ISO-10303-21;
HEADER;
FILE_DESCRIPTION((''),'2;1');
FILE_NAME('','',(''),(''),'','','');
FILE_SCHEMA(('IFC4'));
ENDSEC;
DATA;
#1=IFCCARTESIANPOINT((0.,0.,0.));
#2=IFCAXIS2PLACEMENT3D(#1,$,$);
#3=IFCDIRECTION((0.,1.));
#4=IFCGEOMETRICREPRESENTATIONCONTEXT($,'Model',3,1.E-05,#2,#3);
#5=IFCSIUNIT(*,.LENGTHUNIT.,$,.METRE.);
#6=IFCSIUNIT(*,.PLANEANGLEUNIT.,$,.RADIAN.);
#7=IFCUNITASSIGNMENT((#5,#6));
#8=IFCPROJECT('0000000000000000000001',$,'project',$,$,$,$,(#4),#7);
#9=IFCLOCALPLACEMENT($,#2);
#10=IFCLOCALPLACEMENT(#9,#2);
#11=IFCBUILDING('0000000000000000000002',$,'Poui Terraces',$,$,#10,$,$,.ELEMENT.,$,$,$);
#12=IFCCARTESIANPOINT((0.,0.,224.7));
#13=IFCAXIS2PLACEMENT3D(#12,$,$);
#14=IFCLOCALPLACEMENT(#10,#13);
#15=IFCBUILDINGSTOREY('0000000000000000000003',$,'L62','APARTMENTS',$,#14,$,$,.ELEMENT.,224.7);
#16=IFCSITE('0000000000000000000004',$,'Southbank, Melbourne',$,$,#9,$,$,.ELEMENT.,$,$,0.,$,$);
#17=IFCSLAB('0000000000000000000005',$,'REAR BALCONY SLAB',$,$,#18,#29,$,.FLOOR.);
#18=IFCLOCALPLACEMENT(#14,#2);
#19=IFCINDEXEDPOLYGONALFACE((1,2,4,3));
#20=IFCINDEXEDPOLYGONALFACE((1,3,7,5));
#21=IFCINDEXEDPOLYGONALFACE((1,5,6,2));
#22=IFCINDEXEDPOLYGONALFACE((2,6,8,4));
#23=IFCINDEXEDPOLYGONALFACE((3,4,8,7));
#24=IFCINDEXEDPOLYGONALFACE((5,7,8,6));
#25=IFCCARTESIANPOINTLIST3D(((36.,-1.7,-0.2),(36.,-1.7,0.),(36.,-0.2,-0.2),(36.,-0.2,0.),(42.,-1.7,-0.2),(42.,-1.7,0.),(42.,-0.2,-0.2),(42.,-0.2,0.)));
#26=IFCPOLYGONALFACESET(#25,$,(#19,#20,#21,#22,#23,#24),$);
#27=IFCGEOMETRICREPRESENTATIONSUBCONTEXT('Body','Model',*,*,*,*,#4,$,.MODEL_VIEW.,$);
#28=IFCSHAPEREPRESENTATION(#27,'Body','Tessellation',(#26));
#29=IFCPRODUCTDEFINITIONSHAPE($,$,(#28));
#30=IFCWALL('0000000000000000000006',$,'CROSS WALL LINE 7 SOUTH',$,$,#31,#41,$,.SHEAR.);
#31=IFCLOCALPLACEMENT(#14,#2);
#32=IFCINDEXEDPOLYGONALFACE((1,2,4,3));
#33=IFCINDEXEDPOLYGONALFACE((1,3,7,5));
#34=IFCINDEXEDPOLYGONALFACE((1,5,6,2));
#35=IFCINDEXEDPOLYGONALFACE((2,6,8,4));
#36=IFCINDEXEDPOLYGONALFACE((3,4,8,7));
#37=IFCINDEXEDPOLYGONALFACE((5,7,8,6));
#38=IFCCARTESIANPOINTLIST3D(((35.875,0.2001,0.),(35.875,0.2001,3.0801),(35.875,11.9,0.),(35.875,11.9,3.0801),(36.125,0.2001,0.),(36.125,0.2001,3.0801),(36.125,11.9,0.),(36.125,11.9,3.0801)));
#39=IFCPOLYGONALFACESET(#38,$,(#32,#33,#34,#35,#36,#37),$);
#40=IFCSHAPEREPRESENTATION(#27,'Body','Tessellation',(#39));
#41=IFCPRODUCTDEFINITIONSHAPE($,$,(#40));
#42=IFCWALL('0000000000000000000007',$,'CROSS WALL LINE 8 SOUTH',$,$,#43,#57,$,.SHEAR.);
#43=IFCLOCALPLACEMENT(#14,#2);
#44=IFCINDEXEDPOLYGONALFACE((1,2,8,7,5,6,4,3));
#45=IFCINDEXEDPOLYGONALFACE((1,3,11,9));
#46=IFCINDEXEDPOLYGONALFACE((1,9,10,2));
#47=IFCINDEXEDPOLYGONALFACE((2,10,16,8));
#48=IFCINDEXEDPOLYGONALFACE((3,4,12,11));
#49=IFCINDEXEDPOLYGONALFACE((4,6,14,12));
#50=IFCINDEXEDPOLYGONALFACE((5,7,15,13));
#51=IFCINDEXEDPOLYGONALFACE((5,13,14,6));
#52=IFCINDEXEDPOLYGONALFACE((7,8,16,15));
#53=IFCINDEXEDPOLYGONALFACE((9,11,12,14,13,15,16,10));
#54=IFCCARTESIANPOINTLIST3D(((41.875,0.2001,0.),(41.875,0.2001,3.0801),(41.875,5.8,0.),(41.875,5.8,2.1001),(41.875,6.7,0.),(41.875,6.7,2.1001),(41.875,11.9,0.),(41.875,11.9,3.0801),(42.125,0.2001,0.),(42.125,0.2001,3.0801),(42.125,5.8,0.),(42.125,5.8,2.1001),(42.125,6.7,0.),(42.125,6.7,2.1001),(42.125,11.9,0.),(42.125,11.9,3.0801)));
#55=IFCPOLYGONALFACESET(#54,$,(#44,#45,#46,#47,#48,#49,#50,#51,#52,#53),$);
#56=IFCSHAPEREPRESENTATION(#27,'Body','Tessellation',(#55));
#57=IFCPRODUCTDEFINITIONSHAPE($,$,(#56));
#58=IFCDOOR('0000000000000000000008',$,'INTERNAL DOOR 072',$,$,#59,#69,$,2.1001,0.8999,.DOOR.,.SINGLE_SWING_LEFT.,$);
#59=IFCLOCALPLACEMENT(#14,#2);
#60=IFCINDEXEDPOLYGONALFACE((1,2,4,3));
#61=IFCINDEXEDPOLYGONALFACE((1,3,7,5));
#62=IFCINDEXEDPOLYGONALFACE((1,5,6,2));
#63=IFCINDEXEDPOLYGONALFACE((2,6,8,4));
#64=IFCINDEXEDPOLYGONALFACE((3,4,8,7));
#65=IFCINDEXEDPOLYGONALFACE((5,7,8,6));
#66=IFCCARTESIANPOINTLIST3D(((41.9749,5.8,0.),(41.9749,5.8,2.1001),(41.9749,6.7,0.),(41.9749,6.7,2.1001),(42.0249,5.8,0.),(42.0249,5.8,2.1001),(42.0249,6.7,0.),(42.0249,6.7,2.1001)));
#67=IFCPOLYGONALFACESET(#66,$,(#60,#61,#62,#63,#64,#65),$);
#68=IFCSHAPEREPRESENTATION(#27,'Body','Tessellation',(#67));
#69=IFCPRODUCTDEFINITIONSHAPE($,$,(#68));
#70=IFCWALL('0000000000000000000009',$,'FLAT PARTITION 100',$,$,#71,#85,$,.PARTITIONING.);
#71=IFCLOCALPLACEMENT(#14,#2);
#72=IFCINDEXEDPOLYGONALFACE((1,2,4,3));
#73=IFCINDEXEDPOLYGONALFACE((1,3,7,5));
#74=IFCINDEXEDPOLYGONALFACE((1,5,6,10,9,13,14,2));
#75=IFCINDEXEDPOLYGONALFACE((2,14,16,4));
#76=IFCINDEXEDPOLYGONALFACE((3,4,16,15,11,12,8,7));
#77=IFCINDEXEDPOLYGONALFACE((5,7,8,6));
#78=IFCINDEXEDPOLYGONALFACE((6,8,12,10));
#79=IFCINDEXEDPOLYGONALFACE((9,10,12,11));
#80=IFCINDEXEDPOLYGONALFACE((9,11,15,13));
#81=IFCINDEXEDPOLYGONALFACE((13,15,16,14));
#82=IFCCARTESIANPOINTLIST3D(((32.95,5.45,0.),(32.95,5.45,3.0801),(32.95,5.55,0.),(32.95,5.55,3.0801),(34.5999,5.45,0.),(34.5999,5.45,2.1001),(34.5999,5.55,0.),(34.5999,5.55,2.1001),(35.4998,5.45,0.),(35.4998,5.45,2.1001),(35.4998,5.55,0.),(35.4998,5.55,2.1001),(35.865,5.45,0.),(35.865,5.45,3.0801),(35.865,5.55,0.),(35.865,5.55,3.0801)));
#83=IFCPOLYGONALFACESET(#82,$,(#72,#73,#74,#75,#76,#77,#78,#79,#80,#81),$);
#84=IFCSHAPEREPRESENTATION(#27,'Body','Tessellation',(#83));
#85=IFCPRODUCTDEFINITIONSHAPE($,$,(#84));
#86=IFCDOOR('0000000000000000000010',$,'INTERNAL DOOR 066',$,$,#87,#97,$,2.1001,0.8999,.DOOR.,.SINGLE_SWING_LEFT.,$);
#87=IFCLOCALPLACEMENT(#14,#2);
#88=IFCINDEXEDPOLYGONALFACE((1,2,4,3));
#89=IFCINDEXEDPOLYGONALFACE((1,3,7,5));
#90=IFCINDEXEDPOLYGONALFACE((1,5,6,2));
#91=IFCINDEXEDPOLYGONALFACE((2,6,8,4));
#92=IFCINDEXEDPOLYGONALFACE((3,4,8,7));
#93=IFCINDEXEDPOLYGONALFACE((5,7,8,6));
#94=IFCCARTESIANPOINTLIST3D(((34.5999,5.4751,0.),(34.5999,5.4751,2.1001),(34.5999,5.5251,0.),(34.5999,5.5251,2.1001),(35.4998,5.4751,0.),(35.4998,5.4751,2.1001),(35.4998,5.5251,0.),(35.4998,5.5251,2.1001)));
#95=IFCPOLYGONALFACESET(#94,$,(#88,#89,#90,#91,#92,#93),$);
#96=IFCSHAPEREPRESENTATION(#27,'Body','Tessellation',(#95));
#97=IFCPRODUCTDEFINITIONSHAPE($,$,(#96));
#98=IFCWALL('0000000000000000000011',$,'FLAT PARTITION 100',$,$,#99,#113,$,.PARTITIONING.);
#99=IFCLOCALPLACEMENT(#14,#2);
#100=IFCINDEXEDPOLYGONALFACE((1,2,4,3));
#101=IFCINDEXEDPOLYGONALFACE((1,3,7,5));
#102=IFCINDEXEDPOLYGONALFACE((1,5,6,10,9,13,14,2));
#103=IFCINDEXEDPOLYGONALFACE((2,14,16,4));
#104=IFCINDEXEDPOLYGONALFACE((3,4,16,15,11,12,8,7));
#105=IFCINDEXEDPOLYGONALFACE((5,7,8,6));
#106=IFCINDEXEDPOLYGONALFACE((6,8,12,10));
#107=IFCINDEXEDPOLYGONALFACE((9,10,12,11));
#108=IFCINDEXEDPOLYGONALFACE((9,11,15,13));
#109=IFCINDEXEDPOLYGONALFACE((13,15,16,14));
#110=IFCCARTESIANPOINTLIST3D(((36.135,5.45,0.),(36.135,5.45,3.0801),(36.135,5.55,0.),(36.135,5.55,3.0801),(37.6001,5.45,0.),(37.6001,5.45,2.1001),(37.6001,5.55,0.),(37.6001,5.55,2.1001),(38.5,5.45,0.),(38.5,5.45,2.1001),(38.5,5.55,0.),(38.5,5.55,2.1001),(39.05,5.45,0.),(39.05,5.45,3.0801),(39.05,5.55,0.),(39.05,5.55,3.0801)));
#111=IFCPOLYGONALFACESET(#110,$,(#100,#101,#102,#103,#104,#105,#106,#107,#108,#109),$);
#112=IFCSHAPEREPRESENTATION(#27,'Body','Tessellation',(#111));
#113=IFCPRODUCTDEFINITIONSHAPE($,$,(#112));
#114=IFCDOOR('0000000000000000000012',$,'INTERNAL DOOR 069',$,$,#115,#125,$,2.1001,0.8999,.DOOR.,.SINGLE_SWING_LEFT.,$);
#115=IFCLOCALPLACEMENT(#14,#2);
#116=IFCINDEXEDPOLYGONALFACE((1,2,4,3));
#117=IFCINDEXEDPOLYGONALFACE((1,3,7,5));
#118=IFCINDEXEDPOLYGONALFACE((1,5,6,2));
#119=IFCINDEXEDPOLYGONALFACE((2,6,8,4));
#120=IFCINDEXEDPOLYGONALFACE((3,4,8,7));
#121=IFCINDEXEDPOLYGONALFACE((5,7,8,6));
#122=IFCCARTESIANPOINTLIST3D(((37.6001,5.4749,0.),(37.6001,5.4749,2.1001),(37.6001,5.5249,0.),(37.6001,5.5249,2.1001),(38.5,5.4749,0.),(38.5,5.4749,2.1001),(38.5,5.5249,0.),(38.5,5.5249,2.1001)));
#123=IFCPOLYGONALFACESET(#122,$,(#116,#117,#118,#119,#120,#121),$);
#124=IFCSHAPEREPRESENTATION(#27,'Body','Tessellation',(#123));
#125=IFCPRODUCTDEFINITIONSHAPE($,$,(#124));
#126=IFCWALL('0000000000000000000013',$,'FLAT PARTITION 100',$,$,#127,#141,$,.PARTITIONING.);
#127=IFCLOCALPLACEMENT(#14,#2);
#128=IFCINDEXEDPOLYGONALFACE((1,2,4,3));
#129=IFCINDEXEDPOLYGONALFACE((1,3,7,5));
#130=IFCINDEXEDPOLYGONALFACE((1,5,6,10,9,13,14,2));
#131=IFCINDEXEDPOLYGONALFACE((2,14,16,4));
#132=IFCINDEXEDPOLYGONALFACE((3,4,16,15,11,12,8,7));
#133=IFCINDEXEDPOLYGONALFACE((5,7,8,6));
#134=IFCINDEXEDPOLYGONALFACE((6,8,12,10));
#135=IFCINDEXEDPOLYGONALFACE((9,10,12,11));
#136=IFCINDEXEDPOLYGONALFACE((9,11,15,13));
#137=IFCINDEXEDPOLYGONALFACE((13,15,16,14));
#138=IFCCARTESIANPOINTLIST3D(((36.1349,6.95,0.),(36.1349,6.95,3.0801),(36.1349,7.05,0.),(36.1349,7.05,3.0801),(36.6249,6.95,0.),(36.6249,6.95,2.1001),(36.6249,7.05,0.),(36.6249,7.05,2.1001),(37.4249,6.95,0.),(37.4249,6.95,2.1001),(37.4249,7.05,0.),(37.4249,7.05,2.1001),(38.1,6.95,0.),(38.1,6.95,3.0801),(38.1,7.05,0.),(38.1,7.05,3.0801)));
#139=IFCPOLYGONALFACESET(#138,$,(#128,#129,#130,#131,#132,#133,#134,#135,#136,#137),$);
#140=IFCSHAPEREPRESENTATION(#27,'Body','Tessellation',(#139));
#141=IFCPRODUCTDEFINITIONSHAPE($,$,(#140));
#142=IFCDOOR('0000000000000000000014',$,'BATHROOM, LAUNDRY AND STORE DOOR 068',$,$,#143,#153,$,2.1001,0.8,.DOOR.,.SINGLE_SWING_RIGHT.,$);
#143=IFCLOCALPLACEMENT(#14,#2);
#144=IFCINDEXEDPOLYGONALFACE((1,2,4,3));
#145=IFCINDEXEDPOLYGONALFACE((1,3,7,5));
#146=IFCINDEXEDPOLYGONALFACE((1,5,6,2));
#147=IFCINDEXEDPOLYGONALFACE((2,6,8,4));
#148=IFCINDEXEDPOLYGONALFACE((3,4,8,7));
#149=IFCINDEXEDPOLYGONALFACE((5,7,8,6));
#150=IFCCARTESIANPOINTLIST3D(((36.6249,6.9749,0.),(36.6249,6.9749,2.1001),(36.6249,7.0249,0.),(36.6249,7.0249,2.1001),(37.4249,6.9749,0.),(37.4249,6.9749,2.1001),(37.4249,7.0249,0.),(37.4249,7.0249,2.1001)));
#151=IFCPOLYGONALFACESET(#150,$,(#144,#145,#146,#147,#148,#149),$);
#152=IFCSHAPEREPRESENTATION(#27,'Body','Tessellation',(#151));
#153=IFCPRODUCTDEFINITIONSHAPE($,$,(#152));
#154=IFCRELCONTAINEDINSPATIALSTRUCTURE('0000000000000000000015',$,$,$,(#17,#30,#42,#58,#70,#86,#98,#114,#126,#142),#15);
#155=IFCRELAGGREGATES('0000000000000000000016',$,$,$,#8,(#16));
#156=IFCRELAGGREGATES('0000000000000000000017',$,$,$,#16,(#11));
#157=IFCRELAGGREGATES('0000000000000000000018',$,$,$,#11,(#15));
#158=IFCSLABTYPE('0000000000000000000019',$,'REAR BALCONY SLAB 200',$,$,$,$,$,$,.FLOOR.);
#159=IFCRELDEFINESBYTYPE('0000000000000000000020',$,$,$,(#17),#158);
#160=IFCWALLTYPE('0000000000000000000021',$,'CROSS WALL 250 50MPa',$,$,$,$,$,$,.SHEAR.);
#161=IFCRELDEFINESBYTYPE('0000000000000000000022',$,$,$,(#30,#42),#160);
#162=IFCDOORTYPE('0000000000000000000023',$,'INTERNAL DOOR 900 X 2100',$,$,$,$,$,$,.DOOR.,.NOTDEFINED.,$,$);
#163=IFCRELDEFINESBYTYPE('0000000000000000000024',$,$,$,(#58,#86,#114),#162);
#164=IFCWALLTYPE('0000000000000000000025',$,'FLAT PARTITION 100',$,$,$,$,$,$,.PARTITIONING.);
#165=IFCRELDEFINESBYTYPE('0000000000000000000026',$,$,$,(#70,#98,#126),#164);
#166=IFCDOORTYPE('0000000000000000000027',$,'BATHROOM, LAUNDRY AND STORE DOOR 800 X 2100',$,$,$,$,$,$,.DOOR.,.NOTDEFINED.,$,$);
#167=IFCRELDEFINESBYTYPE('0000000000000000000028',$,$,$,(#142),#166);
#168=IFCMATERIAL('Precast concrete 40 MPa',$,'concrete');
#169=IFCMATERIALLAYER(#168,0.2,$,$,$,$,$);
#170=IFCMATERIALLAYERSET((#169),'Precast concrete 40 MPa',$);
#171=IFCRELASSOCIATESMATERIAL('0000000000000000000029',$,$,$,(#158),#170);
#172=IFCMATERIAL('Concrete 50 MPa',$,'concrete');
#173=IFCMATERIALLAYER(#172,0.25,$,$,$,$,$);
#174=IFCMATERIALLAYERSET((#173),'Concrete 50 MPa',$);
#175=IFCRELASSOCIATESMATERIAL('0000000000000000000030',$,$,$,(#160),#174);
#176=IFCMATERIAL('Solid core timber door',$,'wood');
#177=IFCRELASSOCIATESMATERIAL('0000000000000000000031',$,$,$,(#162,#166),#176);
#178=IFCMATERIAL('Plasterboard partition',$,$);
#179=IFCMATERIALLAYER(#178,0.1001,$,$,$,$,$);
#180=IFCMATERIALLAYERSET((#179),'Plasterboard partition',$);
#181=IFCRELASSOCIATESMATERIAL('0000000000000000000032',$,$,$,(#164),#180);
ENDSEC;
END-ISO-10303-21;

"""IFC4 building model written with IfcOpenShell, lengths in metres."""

from ifc_helpers import new_model, si_unit, direction, frame, frame_2d, origin, place, context, subcontext, project, spatial, polyline, rectangle, outline, extrude, source, transform, mapped, material, layer, layer_set, type_object, element, fill, save


model = new_model("IFC4")

# Units and contexts
model_context = context("Model", 3, precision=1e-05, world=origin(), true_north=direction((0.0, 1.0)))
body_context = subcontext(model_context, "Body", "Model", "MODEL_VIEW")
ifc_project = project(units=[si_unit("LENGTHUNIT", "METRE"), si_unit("PLANEANGLEUNIT", "RADIAN")], contexts=[model_context])

# Site, building, storey
site_placement = place(None, origin())
site = spatial("IfcSite", under=ifc_project, at=site_placement, Name="Southbank, Melbourne", CompositionType="ELEMENT", RefElevation=0.0)
building_placement = place(site_placement, origin())
building = spatial("IfcBuilding", under=site, at=building_placement, Name="Poui Terraces", CompositionType="ELEMENT")
storey_placement = place(building_placement, frame((0.0, 0.0, 224.7)))
storey = spatial("IfcBuildingStorey", under=building, at=storey_placement, Name="L62", Description="APARTMENTS", CompositionType="ELEMENT", Elevation=224.7)

# Slab
ifc_material_1 = material(Name="Precast concrete 40 MPa", Category="concrete")
ifc_layer_1 = layer(ifc_material_1, 0.2)
ifc_layer_set_1 = layer_set([ifc_layer_1], Name="Precast concrete 40 MPa")
slab_type = type_object("IfcSlabType", Name="REAR BALCONY SLAB 200", PredefinedType="FLOOR", material=ifc_layer_set_1)
shared_shape_1 = source(origin(), body_context, "Body", "SweptSolid", [
    extrude(outline(polyline([(0.0, 0.0), (6.0, 0.0), (6.0, 1.5), (0.0, 1.5), (0.0, 0.0)])), origin(), (0.0, 0.0, 1.0), 0.2),
])
slab_placement = place(storey_placement, frame((36.0, -1.7, -0.2)))
element("IfcSlab", 1, at=slab_placement, inside=storey, type_object=slab_type, Name="REAR BALCONY SLAB", PredefinedType="FLOOR", context=body_context, shape_type="MappedRepresentation", body=[
    mapped(shared_shape_1, transform((0.0, 0.0, 0.0))),
])

# Wall
ifc_material_2 = material(Name="Concrete 50 MPa", Category="concrete")
ifc_layer_2 = layer(ifc_material_2, 0.25)
ifc_layer_set_2 = layer_set([ifc_layer_2], Name="Concrete 50 MPa")
wall_type_1 = type_object("IfcWallType", Name="CROSS WALL 250 50MPa", PredefinedType="SHEAR", material=ifc_layer_set_2)
wall_1_placement = place(storey_placement, frame((36.0, 0.2, 0.0), z_axis=(0.0, 0.0, 1.0), x_axis=(0.0, 1.0, 0.0)))
element("IfcWall", 2, at=wall_1_placement, inside=storey, type_object=wall_type_1, Name="CROSS WALL LINE 7 SOUTH", PredefinedType="SHEAR", context=body_context, shape_type="SweptSolid", body=[
    extrude(rectangle(XDim=11.7, YDim=0.25, at=frame_2d((5.8501, 0.0))), origin(), (0.0, 0.0, 1.0), 3.0801),
])

# Walls, openings, doors
wall_2_placement = place(storey_placement, frame((42.0, 0.2, 0.0), z_axis=(0.0, 0.0, 1.0), x_axis=(0.0, 1.0, 0.0)))
wall_2 = element("IfcWall", 3, at=wall_2_placement, inside=storey, type_object=wall_type_1, Name="CROSS WALL LINE 8 SOUTH", PredefinedType="SHEAR", context=body_context, shape_type="SweptSolid", body=[
    extrude(rectangle(XDim=11.7, YDim=0.25, at=frame_2d((5.8501, 0.0))), origin(), (0.0, 0.0, 1.0), 3.0801),
])
opening_1_placement = place(wall_2_placement, frame((5.6001, 0.0, 0.0)))
opening_1 = element("IfcOpeningElement", 4, at=opening_1_placement, cuts=wall_2, PredefinedType="OPENING", context=body_context, shape_type="SweptSolid", body=[
    extrude(rectangle(XDim=0.8999, YDim=2.1001, at=frame_2d((0.45, 1.05))), frame((0.0, 0.135, 0.0), z_axis=(0.0, -1.0, 0.0), x_axis=(1.0, 0.0, 0.0)), (0.0, 0.0, 1.0), 0.27),
])
ifc_material_3 = material(Name="Solid core timber door", Category="wood")
door_type_1 = type_object("IfcDoorType", Name="INTERNAL DOOR 900 X 2100", OperationType="NOTDEFINED", PredefinedType="DOOR", material=ifc_material_3)
door_1_placement = place(opening_1_placement, frame((0.8999, 0.0, 0.0), z_axis=(0.0, 0.0, 1.0), x_axis=(-1.0, 0.0, 0.0)))
door_1 = element("IfcDoor", 5, at=door_1_placement, inside=storey, type_object=door_type_1, Name="INTERNAL DOOR 072", OperationType="SINGLE_SWING_LEFT", OverallHeight=2.1001, OverallWidth=0.8999, PredefinedType="DOOR", context=body_context, shape_type="SweptSolid", body=[
    extrude(rectangle(XDim=0.8999, YDim=2.1001, at=frame_2d((0.45, 1.05))), frame((0.0, 0.0249, 0.0), z_axis=(0.0, -1.0, 0.0), x_axis=(1.0, 0.0, 0.0)), (0.0, 0.0, 1.0), 0.05),
])
fill(opening_1, door_1)
ifc_material_4 = material(Name="Plasterboard partition")
ifc_layer_3 = layer(ifc_material_4, 0.1001)
ifc_layer_set_3 = layer_set([ifc_layer_3], Name="Plasterboard partition")
wall_type_2 = type_object("IfcWallType", Name="FLAT PARTITION 100", PredefinedType="PARTITIONING", material=ifc_layer_set_3)
wall_3_placement = place(storey_placement, frame((32.95, 5.5, 0.0), z_axis=(0.0, 0.0, 1.0), x_axis=(1.0, 0.0, 0.0)))
wall_3 = element("IfcWall", 6, at=wall_3_placement, inside=storey, type_object=wall_type_2, Name="FLAT PARTITION 100", PredefinedType="PARTITIONING", context=body_context, shape_type="SweptSolid", body=[
    extrude(rectangle(XDim=2.915, YDim=0.1001, at=frame_2d((1.4575, 0.0))), origin(), (0.0, 0.0, 1.0), 3.0801),
])
opening_2_placement = place(wall_3_placement, frame((1.6499, 0.0, 0.0)))
opening_2 = element("IfcOpeningElement", 7, at=opening_2_placement, cuts=wall_3, PredefinedType="OPENING", context=body_context, shape_type="SweptSolid", body=[
    extrude(rectangle(XDim=0.8999, YDim=2.1001, at=frame_2d((0.45, 1.05))), frame((0.0, 0.0601, 0.0), z_axis=(0.0, -1.0, 0.0), x_axis=(1.0, 0.0, 0.0)), (0.0, 0.0, 1.0), 0.1201),
])
door_2_placement = place(opening_2_placement, frame((0.8999, 0.0, 0.0), z_axis=(0.0, 0.0, 1.0), x_axis=(-1.0, 0.0, 0.0)))
door_2 = element("IfcDoor", 8, at=door_2_placement, inside=storey, type_object=door_type_1, Name="INTERNAL DOOR 066", OperationType="SINGLE_SWING_LEFT", OverallHeight=2.1001, OverallWidth=0.8999, PredefinedType="DOOR", context=body_context, shape_type="SweptSolid", body=[
    extrude(rectangle(XDim=0.8999, YDim=2.1001, at=frame_2d((0.45, 1.05))), frame((0.0, 0.0249, 0.0), z_axis=(0.0, -1.0, 0.0), x_axis=(1.0, 0.0, 0.0)), (0.0, 0.0, 1.0), 0.05),
])
fill(opening_2, door_2)
wall_4_placement = place(storey_placement, frame((36.135, 5.5, 0.0), z_axis=(0.0, 0.0, 1.0), x_axis=(1.0, 0.0, 0.0)))
wall_4 = element("IfcWall", 9, at=wall_4_placement, inside=storey, type_object=wall_type_2, Name="FLAT PARTITION 100", PredefinedType="PARTITIONING", context=body_context, shape_type="SweptSolid", body=[
    extrude(rectangle(XDim=2.915, YDim=0.1001, at=frame_2d((1.4575, 0.0))), origin(), (0.0, 0.0, 1.0), 3.0801),
])
opening_3_placement = place(wall_4_placement, frame((1.4651, 0.0, 0.0)))
opening_3 = element("IfcOpeningElement", 10, at=opening_3_placement, cuts=wall_4, PredefinedType="OPENING", context=body_context, shape_type="SweptSolid", body=[
    extrude(rectangle(XDim=0.8999, YDim=2.1001, at=frame_2d((0.45, 1.05))), frame((0.0, 0.0601, 0.0), z_axis=(0.0, -1.0, 0.0), x_axis=(1.0, 0.0, 0.0)), (0.0, 0.0, 1.0), 0.1201),
])
door_3_placement = place(opening_3_placement, origin())
door_3 = element("IfcDoor", 11, at=door_3_placement, inside=storey, type_object=door_type_1, Name="INTERNAL DOOR 069", OperationType="SINGLE_SWING_LEFT", OverallHeight=2.1001, OverallWidth=0.8999, PredefinedType="DOOR", context=body_context, shape_type="SweptSolid", body=[
    extrude(rectangle(XDim=0.8999, YDim=2.1001, at=frame_2d((0.45, 1.05))), frame((0.0, 0.0249, 0.0), z_axis=(0.0, -1.0, 0.0), x_axis=(1.0, 0.0, 0.0)), (0.0, 0.0, 1.0), 0.05),
])
fill(opening_3, door_3)
wall_5_placement = place(storey_placement, frame((36.135, 7.0, 0.0), z_axis=(0.0, 0.0, 1.0), x_axis=(1.0, 0.0, 0.0)))
wall_5 = element("IfcWall", 12, at=wall_5_placement, inside=storey, type_object=wall_type_2, Name="FLAT PARTITION 100", PredefinedType="PARTITIONING", context=body_context, shape_type="SweptSolid", body=[
    extrude(rectangle(XDim=1.9651, YDim=0.1001, at=frame_2d((0.9824, 0.0))), origin(), (0.0, 0.0, 1.0), 3.0801),
])
opening_4_placement = place(wall_5_placement, frame((0.49, 0.0, 0.0)))
opening_4 = element("IfcOpeningElement", 13, at=opening_4_placement, cuts=wall_5, PredefinedType="OPENING", context=body_context, shape_type="SweptSolid", body=[
    extrude(rectangle(XDim=0.8, YDim=2.1001, at=frame_2d((0.3999, 1.05))), frame((0.0, 0.0601, 0.0), z_axis=(0.0, -1.0, 0.0), x_axis=(1.0, 0.0, 0.0)), (0.0, 0.0, 1.0), 0.1201),
])
door_type_2 = type_object("IfcDoorType", Name="BATHROOM, LAUNDRY AND STORE DOOR 800 X 2100", OperationType="NOTDEFINED", PredefinedType="DOOR", material=ifc_material_3)
door_4_placement = place(opening_4_placement, origin())
door_4 = element("IfcDoor", 14, at=door_4_placement, inside=storey, type_object=door_type_2, Name="BATHROOM, LAUNDRY AND STORE DOOR 068", OperationType="SINGLE_SWING_RIGHT", OverallHeight=2.1001, OverallWidth=0.8, PredefinedType="DOOR", context=body_context, shape_type="SweptSolid", body=[
    extrude(rectangle(XDim=0.8, YDim=2.1001, at=frame_2d((0.3999, 1.05))), frame((0.0, 0.0249, 0.0), z_axis=(0.0, -1.0, 0.0), x_axis=(1.0, 0.0, 0.0)), (0.0, 0.0, 1.0), 0.05),
])
fill(opening_4, door_4)

save(model, "model.ifc")
